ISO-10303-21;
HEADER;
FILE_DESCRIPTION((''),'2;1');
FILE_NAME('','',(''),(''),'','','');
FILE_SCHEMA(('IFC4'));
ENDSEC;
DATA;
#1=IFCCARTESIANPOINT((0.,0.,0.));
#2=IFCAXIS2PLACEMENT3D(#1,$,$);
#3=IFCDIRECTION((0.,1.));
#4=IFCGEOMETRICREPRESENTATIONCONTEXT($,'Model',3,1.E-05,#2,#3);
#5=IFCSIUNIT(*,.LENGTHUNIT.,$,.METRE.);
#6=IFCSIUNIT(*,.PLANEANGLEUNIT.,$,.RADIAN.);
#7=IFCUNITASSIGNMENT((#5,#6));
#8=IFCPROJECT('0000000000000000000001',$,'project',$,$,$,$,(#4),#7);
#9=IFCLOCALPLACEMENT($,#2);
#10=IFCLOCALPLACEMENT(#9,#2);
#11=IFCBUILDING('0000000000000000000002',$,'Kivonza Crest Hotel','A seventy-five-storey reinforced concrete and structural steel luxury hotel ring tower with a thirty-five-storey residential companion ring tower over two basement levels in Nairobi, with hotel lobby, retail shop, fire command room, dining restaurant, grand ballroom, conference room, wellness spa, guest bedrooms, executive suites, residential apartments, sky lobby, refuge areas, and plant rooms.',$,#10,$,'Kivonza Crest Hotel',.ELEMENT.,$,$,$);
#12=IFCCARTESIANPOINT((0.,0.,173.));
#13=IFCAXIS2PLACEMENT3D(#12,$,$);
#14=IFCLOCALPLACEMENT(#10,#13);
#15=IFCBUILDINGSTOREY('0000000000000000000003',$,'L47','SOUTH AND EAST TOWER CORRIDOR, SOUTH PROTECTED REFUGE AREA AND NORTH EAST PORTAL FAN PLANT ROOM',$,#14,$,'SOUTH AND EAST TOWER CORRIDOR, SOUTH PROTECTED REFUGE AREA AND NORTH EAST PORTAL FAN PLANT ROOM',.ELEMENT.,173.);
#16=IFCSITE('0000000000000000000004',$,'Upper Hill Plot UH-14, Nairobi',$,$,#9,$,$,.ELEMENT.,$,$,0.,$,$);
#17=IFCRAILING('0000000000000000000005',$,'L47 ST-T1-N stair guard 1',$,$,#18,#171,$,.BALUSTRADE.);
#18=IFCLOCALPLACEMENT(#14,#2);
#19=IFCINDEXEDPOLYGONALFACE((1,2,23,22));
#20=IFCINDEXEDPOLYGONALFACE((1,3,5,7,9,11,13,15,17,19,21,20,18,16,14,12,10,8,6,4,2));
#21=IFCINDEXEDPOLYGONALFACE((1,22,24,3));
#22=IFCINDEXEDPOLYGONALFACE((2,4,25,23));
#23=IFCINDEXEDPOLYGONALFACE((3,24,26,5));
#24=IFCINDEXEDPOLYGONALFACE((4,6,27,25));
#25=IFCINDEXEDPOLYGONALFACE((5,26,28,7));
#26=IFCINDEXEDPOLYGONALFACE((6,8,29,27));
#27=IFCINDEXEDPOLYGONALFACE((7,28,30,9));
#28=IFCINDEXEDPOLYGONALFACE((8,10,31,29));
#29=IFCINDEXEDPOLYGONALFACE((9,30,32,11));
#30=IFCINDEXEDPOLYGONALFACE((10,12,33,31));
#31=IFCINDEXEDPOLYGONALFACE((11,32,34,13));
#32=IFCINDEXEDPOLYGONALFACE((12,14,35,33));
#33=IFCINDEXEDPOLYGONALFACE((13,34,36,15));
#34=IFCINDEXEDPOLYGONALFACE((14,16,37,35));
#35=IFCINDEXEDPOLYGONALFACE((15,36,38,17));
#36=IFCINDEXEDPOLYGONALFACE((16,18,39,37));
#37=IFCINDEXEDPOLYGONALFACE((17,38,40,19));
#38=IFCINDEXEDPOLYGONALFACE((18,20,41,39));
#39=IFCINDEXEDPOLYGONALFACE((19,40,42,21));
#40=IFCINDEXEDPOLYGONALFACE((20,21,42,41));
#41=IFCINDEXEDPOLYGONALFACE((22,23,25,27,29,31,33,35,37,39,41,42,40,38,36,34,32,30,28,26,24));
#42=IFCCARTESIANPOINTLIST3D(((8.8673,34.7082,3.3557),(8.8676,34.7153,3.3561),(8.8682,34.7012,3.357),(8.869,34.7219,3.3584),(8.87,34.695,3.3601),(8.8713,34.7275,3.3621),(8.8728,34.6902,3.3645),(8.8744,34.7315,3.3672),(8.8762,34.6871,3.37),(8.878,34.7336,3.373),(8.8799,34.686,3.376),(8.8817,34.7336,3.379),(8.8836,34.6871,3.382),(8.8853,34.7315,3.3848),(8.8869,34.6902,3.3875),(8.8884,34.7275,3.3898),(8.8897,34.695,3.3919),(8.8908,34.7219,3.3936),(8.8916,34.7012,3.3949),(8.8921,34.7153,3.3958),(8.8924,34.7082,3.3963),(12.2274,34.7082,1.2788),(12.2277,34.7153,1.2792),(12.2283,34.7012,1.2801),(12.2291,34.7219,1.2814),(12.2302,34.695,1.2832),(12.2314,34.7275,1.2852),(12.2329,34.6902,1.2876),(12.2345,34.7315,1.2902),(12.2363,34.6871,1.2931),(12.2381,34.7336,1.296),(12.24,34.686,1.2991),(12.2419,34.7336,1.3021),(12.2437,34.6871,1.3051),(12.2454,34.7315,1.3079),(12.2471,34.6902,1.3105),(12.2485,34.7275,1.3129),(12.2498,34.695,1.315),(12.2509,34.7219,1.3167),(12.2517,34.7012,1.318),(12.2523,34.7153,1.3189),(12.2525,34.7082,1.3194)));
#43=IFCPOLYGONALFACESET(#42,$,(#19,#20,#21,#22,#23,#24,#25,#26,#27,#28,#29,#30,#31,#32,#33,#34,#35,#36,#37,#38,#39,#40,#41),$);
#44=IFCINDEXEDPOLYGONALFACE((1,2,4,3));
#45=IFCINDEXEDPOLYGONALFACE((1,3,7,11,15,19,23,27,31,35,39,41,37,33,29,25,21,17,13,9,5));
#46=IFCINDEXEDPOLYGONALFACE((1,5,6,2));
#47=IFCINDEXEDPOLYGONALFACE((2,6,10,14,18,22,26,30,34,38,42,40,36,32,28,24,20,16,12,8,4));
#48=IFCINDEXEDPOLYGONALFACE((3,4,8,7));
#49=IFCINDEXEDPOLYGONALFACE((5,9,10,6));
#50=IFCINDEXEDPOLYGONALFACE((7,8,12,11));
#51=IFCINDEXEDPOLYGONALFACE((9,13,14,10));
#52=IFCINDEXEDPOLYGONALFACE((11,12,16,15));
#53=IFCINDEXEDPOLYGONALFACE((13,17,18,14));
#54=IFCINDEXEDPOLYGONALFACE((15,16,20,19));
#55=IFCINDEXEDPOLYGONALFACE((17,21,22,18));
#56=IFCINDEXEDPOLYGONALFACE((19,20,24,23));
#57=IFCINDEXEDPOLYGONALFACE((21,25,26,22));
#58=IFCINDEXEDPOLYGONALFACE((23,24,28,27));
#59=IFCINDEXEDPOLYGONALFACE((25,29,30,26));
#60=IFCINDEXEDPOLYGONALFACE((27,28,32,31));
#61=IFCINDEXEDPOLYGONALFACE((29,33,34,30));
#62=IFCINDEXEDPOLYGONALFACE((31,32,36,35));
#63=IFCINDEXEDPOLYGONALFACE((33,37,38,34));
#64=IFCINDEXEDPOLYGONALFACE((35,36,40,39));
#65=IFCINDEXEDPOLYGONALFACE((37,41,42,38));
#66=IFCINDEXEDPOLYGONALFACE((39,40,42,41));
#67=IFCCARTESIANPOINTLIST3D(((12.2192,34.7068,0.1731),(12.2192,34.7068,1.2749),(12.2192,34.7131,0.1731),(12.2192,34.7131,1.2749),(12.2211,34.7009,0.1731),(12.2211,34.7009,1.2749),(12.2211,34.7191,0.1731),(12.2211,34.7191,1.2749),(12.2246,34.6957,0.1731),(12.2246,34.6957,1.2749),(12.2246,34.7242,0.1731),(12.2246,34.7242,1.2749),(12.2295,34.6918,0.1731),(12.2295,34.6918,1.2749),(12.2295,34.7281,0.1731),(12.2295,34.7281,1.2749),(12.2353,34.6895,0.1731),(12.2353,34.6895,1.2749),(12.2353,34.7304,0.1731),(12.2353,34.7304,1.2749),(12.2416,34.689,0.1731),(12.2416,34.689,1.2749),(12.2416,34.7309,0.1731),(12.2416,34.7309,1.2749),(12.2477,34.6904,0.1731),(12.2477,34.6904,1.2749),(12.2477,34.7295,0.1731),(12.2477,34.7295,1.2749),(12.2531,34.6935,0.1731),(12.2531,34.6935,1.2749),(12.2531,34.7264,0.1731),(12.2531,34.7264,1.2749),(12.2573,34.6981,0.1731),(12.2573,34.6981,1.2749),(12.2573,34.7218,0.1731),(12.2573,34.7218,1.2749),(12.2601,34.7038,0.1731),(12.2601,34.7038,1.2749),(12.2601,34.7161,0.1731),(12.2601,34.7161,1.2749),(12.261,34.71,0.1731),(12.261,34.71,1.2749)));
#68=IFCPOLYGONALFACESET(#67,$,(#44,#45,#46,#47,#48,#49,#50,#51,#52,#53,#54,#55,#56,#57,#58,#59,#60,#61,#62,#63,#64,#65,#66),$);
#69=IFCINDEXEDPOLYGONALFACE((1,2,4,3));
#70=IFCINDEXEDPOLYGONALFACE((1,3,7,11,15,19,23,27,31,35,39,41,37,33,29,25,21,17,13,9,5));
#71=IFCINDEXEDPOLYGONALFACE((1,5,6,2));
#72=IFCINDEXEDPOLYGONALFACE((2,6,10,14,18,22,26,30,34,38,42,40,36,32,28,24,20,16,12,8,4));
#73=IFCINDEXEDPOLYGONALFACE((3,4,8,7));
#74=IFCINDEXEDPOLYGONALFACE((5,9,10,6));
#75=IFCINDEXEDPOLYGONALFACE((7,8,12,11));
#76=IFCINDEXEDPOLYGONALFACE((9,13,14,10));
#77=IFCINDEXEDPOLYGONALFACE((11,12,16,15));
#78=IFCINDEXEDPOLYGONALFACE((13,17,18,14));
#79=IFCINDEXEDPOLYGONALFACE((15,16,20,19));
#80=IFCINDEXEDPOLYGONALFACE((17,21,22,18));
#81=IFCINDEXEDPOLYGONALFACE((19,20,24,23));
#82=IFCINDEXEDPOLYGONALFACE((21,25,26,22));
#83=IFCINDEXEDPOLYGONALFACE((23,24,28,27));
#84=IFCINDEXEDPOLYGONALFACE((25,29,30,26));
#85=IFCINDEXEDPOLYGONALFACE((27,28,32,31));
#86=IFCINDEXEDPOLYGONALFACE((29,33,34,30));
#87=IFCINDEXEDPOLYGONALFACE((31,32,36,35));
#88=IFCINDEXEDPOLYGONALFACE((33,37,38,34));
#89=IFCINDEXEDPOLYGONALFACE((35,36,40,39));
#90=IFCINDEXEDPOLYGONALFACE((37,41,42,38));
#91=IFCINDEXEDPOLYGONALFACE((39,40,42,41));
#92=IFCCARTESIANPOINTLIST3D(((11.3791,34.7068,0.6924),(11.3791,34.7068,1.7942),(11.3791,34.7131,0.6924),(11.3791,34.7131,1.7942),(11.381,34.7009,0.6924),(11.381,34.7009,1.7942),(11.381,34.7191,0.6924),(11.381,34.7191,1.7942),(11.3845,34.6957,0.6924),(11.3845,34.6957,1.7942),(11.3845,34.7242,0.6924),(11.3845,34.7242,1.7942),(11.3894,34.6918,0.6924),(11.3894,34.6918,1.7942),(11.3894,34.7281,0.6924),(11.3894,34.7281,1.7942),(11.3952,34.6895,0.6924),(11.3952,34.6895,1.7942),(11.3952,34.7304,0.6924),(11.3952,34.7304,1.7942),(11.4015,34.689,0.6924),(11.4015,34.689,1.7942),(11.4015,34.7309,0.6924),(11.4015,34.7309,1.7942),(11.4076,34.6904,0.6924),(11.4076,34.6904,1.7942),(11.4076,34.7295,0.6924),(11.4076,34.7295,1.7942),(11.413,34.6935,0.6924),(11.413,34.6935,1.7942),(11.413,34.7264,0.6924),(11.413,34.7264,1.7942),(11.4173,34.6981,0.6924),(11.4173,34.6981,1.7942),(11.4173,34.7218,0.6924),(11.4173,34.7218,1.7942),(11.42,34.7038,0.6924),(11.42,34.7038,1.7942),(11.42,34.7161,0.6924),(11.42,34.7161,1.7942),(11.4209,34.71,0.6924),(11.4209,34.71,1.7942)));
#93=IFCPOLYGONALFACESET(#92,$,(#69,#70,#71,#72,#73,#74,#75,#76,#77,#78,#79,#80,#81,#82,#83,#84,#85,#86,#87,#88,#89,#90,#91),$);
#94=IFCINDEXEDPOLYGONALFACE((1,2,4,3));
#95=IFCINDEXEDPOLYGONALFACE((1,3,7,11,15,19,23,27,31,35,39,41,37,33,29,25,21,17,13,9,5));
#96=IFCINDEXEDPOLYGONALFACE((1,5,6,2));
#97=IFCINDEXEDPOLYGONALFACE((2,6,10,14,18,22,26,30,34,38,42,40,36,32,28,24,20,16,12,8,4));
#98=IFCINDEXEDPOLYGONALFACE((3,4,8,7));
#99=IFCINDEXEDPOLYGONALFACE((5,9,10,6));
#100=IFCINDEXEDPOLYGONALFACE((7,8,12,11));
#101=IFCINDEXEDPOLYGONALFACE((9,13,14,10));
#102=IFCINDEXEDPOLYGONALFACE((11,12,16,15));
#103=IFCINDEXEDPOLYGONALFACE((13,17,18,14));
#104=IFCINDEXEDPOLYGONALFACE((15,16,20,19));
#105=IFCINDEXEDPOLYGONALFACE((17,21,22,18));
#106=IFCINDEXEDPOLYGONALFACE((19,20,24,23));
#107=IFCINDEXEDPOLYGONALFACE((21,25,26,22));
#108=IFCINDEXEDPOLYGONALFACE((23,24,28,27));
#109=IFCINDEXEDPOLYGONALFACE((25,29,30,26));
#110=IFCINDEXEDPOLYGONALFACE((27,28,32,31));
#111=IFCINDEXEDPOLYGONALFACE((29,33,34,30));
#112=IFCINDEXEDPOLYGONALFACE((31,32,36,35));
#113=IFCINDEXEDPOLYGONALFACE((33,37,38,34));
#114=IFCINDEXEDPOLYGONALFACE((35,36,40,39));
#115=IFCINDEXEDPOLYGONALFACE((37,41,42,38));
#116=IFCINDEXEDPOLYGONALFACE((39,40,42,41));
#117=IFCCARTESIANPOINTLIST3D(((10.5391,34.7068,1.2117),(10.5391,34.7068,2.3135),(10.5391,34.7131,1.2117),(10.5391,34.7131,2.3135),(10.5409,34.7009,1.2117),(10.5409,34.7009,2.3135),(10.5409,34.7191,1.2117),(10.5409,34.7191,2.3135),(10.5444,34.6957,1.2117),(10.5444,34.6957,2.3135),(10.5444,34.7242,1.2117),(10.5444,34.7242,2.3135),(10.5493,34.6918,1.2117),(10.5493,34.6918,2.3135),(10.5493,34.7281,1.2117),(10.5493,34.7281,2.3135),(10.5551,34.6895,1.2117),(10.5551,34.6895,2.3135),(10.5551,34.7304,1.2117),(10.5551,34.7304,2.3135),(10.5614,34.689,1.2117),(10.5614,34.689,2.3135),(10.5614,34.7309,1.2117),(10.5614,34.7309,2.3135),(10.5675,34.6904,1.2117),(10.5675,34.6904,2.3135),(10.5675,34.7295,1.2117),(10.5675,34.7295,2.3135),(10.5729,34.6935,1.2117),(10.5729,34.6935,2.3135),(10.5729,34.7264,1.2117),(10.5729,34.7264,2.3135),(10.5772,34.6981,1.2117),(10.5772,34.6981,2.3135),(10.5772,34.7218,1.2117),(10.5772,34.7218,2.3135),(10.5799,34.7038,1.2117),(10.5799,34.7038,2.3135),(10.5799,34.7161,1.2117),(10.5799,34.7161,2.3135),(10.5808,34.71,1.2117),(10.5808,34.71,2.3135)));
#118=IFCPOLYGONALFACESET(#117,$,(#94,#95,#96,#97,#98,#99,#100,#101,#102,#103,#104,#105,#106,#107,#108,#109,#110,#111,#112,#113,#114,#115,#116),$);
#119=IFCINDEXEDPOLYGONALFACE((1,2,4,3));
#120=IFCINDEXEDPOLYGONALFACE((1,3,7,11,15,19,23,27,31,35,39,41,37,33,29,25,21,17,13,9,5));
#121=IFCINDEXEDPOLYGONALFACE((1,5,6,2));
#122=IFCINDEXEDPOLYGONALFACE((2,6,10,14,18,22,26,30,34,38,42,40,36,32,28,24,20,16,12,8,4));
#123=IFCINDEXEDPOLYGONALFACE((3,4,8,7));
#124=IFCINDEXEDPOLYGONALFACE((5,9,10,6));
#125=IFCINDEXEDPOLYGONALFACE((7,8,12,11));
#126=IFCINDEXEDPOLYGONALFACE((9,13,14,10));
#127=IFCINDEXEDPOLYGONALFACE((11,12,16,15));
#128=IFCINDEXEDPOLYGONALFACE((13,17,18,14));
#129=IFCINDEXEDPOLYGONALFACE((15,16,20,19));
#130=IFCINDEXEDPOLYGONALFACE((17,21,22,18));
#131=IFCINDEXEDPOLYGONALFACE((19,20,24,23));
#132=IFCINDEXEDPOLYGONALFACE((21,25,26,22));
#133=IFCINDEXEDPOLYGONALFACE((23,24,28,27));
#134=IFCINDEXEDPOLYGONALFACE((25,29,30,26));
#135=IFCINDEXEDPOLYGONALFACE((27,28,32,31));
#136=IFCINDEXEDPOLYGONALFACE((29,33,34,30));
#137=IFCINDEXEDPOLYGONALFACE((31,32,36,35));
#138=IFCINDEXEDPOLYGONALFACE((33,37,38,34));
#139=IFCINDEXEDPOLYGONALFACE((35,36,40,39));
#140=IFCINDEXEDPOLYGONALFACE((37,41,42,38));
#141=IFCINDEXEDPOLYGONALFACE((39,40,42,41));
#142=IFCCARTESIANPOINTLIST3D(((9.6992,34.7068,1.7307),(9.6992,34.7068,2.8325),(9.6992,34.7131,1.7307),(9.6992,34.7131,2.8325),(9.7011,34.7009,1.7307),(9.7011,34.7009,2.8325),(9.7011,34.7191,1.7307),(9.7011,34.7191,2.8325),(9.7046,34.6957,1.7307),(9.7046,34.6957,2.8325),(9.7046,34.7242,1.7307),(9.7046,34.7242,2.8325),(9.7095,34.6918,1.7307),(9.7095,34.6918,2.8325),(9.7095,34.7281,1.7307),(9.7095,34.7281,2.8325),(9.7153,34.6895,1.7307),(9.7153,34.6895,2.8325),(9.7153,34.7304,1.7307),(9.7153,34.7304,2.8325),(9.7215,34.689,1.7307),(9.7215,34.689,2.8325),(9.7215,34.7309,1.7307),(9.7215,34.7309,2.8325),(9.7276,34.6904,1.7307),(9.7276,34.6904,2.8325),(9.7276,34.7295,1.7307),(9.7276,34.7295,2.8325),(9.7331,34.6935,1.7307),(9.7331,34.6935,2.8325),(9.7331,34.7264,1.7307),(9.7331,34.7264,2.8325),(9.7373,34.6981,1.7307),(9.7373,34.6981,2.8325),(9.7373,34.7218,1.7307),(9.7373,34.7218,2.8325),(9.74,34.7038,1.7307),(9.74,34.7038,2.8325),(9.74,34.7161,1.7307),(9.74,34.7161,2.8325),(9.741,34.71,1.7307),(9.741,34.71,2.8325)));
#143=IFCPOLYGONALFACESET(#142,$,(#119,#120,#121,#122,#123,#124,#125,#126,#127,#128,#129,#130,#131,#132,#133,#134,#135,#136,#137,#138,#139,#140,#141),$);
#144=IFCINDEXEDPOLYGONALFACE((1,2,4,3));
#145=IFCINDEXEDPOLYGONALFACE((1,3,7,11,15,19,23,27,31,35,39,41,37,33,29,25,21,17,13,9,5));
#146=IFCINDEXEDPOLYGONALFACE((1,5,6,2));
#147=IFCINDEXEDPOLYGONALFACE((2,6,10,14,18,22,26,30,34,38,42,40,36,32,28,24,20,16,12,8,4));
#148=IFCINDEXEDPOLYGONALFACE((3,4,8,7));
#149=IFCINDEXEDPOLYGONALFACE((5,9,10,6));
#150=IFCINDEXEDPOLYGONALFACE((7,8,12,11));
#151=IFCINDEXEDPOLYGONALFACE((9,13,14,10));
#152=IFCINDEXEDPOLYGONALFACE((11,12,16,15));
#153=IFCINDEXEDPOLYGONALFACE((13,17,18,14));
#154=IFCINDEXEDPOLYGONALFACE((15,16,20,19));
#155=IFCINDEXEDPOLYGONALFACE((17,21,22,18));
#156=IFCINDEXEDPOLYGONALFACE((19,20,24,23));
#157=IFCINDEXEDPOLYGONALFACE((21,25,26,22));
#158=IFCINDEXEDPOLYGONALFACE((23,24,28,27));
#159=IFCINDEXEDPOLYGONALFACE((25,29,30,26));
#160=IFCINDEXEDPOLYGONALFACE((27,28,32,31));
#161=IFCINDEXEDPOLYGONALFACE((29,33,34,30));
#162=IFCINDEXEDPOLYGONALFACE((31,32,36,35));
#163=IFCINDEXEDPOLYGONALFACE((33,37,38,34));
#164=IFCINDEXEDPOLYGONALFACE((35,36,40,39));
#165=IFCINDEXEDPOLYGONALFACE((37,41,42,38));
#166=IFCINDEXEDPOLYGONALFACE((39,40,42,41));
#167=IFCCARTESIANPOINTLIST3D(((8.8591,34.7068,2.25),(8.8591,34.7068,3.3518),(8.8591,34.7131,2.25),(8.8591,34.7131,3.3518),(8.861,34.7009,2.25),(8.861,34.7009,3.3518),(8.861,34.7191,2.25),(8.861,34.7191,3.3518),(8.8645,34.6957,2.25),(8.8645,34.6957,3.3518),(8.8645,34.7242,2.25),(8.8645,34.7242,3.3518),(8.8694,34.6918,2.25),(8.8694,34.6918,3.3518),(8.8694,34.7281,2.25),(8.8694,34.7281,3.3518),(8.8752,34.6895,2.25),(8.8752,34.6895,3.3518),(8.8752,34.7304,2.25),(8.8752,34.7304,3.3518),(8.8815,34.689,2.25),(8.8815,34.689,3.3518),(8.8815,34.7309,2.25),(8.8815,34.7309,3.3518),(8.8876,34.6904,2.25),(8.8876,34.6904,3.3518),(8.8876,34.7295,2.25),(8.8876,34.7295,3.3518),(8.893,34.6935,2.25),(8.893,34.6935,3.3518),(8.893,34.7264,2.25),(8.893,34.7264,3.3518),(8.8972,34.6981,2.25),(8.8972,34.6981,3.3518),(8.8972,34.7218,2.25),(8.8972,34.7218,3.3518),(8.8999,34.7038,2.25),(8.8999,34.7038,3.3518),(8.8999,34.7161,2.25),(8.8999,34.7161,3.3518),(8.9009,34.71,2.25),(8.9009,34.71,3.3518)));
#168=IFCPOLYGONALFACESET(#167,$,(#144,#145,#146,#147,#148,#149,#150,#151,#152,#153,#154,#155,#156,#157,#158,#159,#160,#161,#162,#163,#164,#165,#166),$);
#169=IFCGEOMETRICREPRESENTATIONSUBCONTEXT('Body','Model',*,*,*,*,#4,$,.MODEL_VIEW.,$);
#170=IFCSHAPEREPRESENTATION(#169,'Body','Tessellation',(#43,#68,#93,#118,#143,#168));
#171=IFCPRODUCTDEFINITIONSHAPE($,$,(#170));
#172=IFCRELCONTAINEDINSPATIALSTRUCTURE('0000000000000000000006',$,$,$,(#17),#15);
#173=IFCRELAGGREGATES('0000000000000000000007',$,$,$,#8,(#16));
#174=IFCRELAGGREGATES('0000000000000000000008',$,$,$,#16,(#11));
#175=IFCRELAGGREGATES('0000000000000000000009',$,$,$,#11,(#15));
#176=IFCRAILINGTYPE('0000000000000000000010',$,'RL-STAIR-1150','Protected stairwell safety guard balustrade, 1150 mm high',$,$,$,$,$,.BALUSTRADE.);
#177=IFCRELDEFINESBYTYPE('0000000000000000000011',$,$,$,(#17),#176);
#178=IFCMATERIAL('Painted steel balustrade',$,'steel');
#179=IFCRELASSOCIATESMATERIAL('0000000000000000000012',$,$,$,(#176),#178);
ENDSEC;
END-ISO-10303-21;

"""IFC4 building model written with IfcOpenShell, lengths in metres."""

from ifc_helpers import new_model, si_unit, direction, frame, origin, origin_2d, place, context, subcontext, project, spatial, circle, extrude, material, type_object, element, save


model = new_model("IFC4")

# Units and contexts
model_context = context("Model", 3, precision=1e-05, world=origin(), true_north=direction((0.0, 1.0)))
body_context = subcontext(model_context, "Body", "Model", "MODEL_VIEW")
ifc_project = project(units=[si_unit("LENGTHUNIT", "METRE"), si_unit("PLANEANGLEUNIT", "RADIAN")], contexts=[model_context])

# Site, building, storey
site_placement = place(None, origin())
site = spatial("IfcSite", under=ifc_project, at=site_placement, Name="Upper Hill Plot UH-14, Nairobi", CompositionType="ELEMENT", RefElevation=0.0)
building_placement = place(site_placement, origin())
building = spatial("IfcBuilding", under=site, at=building_placement, Name="Kivonza Crest Hotel", Description="A seventy-five-storey reinforced concrete and structural steel luxury hotel ring tower with a thirty-five-storey residential companion ring tower over two basement levels in Nairobi, with hotel lobby, retail shop, fire command room, dining restaurant, grand ballroom, conference room, wellness spa, guest bedrooms, executive suites, residential apartments, sky lobby, refuge areas, and plant rooms.", LongName="Kivonza Crest Hotel", CompositionType="ELEMENT")
storey_placement = place(building_placement, frame((0.0, 0.0, 173.0)))
storey = spatial("IfcBuildingStorey", under=building, at=storey_placement, Name="L47", Description="SOUTH AND EAST TOWER CORRIDOR, SOUTH PROTECTED REFUGE AREA AND NORTH EAST PORTAL FAN PLANT ROOM", LongName="SOUTH AND EAST TOWER CORRIDOR, SOUTH PROTECTED REFUGE AREA AND NORTH EAST PORTAL FAN PLANT ROOM", CompositionType="ELEMENT", Elevation=173.0)

# Railing
ifc_material_1 = material(Name="Painted steel balustrade", Category="steel")
railing_type_1 = type_object("IfcRailingType", Name="RL-STAIR-1150", Description="Protected stairwell safety guard balustrade, 1150 mm high", PredefinedType="BALUSTRADE", material=ifc_material_1)
railing_1_placement = place(storey_placement, frame((12.24, 34.71, 0.1731)))
element("IfcRailing", 1, at=railing_1_placement, inside=storey, type_object=railing_type_1, Name="L47 ST-T1-N stair guard 1", PredefinedType="BALUSTRADE", context=body_context, shape_type="SweptSolid", body=[
    extrude(circle(Radius=0.0239, at=origin_2d()), frame((0.0, 0.0, 1.126), z_axis=(-0.850623, 0.0, 0.525776), x_axis=(0.0, -1.0, 0.0)), (0.0, 0.0, 1.0), 3.9502),
    extrude(circle(Radius=0.021, at=origin_2d()), origin(), (0.0, 0.0, 1.0), 1.1018),
    extrude(circle(Radius=0.021, at=origin_2d()), frame((-0.8401, 0.0, 0.5193)), (0.0, 0.0, 1.0), 1.1018),
    extrude(circle(Radius=0.021, at=origin_2d()), frame((-1.6802, 0.0, 1.0386)), (0.0, 0.0, 1.0), 1.1018),
    extrude(circle(Radius=0.021, at=origin_2d()), frame((-2.52, 0.0, 1.5576)), (0.0, 0.0, 1.0), 1.1018),
    extrude(circle(Radius=0.021, at=origin_2d()), frame((-3.3601, 0.0, 2.0769)), (0.0, 0.0, 1.0), 1.1018),
])

save(model, "model.ifc")
